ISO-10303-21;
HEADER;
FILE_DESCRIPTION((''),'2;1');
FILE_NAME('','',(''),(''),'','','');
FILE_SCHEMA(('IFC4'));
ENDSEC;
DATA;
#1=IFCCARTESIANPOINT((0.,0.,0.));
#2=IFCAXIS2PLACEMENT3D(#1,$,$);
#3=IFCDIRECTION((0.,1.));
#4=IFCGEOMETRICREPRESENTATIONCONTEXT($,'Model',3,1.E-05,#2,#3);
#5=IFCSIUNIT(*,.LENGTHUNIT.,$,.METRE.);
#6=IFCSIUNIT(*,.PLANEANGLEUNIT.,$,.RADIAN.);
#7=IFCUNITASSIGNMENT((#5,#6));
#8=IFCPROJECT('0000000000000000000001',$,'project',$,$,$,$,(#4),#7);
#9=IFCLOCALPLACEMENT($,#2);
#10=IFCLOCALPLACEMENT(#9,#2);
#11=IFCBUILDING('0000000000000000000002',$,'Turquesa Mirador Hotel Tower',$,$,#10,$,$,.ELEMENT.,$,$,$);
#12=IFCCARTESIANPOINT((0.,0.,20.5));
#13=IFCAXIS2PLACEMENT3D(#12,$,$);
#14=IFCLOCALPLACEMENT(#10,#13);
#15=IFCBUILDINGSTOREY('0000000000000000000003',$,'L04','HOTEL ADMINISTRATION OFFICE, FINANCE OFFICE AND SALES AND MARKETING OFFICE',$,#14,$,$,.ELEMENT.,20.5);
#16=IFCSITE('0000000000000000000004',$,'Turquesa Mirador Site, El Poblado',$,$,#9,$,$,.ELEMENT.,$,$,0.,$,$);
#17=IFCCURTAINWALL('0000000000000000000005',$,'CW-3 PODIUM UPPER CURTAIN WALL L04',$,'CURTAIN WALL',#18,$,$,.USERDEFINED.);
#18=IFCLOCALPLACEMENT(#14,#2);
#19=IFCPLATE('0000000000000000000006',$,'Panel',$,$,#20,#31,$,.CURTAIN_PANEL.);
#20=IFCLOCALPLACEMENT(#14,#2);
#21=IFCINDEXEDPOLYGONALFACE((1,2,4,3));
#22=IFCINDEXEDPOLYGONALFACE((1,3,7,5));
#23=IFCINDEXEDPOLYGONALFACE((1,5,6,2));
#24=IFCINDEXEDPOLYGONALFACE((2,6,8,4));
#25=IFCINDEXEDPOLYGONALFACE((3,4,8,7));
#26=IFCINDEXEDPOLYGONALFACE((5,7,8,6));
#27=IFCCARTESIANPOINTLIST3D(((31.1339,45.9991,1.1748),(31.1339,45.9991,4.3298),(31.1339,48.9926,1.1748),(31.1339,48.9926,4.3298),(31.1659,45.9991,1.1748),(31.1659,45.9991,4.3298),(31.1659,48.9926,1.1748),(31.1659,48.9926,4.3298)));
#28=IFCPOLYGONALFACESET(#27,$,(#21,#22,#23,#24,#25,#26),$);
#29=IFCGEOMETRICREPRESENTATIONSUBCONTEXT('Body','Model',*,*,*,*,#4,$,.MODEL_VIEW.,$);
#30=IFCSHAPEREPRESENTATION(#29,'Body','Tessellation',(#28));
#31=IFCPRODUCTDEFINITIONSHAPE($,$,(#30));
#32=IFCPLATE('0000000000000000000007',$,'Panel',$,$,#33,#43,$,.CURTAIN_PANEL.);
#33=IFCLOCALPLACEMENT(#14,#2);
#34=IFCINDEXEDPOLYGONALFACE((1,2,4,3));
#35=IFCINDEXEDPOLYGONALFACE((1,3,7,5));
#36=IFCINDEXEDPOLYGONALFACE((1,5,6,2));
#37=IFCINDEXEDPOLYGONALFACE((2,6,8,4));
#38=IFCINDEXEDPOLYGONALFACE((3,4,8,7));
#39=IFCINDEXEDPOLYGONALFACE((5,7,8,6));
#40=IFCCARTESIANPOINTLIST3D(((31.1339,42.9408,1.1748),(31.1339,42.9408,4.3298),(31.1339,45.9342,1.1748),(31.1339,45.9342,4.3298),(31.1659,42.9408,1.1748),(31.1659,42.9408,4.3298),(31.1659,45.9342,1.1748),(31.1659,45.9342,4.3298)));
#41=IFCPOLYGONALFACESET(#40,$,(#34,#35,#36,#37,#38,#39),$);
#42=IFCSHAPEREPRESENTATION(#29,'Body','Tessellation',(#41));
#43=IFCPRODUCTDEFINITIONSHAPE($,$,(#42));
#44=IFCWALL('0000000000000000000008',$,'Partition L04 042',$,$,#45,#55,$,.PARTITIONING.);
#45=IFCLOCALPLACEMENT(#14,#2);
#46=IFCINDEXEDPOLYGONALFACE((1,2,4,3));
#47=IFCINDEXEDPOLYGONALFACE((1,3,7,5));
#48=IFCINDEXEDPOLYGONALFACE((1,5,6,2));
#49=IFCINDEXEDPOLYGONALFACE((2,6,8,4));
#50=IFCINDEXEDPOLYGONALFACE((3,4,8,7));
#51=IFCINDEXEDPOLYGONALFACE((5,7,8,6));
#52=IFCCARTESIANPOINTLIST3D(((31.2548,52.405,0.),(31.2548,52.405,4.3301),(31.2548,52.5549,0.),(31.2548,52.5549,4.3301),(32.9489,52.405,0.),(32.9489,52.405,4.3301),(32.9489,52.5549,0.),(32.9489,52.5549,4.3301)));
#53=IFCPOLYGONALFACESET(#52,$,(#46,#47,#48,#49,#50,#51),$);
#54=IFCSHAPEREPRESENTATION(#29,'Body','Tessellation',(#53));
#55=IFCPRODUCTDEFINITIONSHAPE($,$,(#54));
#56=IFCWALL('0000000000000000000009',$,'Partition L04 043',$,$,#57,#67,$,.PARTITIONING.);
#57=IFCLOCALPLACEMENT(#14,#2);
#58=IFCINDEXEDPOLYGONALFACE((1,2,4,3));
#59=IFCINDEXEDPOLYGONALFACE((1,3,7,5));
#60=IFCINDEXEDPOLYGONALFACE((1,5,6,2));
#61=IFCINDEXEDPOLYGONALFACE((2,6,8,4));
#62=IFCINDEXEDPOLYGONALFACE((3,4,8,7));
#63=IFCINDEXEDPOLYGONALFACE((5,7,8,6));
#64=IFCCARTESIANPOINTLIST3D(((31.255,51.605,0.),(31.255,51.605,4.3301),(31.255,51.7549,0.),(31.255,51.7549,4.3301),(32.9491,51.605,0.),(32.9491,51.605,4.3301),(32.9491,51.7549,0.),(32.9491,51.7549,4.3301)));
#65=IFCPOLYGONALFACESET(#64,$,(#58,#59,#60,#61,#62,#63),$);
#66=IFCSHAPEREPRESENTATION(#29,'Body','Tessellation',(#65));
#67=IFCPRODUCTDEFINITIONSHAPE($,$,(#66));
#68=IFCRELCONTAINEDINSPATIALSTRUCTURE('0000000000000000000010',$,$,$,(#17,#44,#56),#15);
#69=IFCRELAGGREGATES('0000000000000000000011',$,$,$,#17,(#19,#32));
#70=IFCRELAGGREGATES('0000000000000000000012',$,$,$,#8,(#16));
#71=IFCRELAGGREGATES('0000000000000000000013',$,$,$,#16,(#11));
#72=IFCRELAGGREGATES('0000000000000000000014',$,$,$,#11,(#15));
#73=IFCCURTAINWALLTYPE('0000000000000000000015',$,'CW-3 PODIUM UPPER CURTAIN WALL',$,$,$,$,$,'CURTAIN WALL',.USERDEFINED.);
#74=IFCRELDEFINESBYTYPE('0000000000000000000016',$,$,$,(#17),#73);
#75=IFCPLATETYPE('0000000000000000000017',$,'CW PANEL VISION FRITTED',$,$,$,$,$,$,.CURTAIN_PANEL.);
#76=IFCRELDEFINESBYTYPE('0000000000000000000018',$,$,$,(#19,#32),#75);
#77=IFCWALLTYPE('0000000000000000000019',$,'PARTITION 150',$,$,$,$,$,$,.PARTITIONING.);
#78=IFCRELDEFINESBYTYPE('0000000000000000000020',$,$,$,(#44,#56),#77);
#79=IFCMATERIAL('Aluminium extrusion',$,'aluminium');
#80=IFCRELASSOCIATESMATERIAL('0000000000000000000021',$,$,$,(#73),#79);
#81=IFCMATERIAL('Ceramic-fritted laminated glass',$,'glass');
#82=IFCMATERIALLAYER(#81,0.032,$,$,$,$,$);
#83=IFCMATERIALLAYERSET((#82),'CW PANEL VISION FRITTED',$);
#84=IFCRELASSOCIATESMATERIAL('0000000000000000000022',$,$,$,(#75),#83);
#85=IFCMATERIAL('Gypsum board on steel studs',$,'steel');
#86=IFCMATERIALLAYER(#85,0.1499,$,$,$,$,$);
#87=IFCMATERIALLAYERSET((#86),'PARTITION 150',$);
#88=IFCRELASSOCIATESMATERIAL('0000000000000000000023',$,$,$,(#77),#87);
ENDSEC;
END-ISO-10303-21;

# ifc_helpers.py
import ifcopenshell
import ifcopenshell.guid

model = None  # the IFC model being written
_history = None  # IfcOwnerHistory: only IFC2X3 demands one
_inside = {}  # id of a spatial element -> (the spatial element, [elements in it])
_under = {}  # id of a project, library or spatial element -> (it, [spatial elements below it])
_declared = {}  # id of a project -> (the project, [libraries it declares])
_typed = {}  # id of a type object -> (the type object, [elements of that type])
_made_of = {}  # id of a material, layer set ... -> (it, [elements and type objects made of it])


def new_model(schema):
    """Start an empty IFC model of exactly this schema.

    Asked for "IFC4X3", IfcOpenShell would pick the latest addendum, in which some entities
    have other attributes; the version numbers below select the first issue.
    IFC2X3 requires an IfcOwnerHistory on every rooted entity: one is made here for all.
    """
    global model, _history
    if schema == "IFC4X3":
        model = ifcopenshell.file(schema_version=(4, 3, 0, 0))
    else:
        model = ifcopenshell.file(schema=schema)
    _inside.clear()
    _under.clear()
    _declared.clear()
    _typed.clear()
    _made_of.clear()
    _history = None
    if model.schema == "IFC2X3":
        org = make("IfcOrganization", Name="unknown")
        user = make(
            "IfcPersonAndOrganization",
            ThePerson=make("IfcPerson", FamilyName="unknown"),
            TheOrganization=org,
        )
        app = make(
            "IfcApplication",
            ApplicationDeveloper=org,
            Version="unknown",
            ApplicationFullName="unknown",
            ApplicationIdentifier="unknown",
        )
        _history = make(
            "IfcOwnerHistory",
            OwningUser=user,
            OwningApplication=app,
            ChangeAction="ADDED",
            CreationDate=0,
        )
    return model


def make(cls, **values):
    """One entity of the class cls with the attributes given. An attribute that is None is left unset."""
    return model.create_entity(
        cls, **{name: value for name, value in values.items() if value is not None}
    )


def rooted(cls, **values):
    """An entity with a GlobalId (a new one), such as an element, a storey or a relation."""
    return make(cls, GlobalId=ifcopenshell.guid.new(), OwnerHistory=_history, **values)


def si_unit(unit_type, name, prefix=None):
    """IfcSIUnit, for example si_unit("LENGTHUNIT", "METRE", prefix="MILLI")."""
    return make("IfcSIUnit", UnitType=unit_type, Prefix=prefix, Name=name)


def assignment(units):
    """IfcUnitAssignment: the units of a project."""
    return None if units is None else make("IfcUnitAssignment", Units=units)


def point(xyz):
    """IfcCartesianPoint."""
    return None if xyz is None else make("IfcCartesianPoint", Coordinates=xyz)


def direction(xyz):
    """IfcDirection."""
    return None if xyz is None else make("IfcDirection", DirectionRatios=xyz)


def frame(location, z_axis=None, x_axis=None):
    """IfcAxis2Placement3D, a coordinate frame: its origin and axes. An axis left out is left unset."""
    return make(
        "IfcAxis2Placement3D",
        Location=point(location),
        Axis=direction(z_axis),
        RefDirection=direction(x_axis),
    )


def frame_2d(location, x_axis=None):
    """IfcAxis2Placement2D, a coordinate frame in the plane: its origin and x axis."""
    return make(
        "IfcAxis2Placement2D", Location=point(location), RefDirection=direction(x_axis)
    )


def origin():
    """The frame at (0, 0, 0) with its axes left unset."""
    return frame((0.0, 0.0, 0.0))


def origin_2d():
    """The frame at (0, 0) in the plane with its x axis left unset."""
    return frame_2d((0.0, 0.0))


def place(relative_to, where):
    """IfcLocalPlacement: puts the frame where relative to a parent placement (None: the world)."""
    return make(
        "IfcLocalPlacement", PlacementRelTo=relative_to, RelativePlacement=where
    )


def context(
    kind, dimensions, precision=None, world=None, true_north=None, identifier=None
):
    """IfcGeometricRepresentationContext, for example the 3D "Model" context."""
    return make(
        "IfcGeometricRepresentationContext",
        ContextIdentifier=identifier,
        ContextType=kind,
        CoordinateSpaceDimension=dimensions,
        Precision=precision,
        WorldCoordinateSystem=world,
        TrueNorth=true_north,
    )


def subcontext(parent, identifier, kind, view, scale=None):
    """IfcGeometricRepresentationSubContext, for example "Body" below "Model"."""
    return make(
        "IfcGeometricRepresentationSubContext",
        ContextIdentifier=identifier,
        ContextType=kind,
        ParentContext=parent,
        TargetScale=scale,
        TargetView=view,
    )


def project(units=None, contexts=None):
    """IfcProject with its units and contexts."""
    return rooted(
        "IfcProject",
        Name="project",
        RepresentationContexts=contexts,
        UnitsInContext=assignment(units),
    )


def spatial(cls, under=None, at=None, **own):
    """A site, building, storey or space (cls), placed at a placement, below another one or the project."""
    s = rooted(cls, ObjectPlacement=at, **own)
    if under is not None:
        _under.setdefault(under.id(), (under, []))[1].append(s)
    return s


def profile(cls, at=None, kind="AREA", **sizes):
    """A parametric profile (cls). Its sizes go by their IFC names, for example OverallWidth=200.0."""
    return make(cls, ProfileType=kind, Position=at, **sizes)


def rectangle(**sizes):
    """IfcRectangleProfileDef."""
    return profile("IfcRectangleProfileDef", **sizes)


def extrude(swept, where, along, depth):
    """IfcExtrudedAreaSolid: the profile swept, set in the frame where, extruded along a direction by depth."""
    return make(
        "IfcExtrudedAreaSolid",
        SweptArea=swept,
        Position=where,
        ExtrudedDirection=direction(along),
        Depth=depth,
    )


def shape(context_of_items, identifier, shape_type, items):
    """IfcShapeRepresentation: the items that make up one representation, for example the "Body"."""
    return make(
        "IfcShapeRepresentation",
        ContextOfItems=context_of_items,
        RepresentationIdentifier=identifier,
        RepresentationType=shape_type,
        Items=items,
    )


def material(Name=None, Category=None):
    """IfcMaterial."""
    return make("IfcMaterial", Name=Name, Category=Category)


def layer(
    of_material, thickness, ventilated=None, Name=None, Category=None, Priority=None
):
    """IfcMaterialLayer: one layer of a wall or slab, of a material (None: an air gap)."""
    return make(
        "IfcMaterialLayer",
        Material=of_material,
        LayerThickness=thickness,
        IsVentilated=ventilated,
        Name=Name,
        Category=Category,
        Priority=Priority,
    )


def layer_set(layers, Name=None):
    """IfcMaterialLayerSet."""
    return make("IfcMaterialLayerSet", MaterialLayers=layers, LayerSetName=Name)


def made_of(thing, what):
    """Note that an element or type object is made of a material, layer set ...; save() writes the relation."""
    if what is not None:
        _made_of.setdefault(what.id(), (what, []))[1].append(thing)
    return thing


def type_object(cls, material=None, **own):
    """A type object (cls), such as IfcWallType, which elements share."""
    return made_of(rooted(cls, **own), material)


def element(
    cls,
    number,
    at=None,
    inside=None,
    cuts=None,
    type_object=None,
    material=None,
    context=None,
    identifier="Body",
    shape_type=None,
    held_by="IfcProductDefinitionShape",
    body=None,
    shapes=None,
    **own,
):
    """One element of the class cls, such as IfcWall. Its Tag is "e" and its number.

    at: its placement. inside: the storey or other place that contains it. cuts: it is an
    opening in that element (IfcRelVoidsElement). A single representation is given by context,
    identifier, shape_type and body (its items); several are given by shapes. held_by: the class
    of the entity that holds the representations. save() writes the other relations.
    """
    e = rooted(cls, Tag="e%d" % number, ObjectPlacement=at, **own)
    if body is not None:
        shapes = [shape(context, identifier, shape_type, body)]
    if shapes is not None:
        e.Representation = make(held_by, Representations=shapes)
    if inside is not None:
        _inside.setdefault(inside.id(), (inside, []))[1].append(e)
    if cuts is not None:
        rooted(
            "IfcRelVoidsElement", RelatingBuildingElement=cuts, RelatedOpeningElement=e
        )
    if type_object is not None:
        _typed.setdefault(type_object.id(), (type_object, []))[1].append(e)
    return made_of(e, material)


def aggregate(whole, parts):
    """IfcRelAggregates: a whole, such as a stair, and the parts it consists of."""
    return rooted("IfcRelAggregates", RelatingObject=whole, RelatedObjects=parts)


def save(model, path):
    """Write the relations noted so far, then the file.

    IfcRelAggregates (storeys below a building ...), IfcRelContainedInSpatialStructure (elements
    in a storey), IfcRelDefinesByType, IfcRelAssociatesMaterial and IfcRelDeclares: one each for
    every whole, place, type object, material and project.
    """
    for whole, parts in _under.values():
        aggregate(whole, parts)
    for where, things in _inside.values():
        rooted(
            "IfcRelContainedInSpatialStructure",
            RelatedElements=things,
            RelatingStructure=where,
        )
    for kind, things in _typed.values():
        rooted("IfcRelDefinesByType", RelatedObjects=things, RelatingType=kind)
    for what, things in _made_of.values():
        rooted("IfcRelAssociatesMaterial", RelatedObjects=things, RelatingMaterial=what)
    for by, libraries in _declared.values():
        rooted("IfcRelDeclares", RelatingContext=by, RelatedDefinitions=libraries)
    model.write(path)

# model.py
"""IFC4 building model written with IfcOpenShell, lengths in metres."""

from ifc_helpers import new_model, si_unit, direction, frame, frame_2d, origin, origin_2d, place, context, subcontext, project, spatial, rectangle, extrude, material, layer, layer_set, type_object, element, aggregate, save


model = new_model("IFC4")

# Units and contexts
model_context = context("Model", 3, precision=1e-05, world=origin(), true_north=direction((0.0, 1.0)))
body_context = subcontext(model_context, "Body", "Model", "MODEL_VIEW")
ifc_project = project(units=[si_unit("LENGTHUNIT", "METRE"), si_unit("PLANEANGLEUNIT", "RADIAN")], contexts=[model_context])

# Site, building, storey
site_placement = place(None, origin())
site = spatial("IfcSite", under=ifc_project, at=site_placement, Name="Turquesa Mirador Site, El Poblado", CompositionType="ELEMENT", RefElevation=0.0)
building_placement = place(site_placement, origin())
building = spatial("IfcBuilding", under=site, at=building_placement, Name="Turquesa Mirador Hotel Tower", CompositionType="ELEMENT")
storey_placement = place(building_placement, frame((0.0, 0.0, 20.5)))
storey = spatial("IfcBuildingStorey", under=building, at=storey_placement, Name="L04", Description="HOTEL ADMINISTRATION OFFICE, FINANCE OFFICE AND SALES AND MARKETING OFFICE", CompositionType="ELEMENT", Elevation=20.5)

# Curtain wall, plates
ifc_material_1 = material(Name="Aluminium extrusion", Category="aluminium")
curtain_wall_type = type_object("IfcCurtainWallType", Name="CW-3 PODIUM UPPER CURTAIN WALL", ElementType="CURTAIN WALL", PredefinedType="USERDEFINED", material=ifc_material_1)
curtain_wall_placement = place(storey_placement, origin())
curtain_wall = element("IfcCurtainWall", 1, at=curtain_wall_placement, inside=storey, type_object=curtain_wall_type, Name="CW-3 PODIUM UPPER CURTAIN WALL L04", ObjectType="CURTAIN WALL", PredefinedType="USERDEFINED")
ifc_material_2 = material(Name="Ceramic-fritted laminated glass", Category="glass")
ifc_layer_1 = layer(ifc_material_2, 0.032)
ifc_layer_set_1 = layer_set([ifc_layer_1], Name="CW PANEL VISION FRITTED")
plate_type_1 = type_object("IfcPlateType", Name="CW PANEL VISION FRITTED", PredefinedType="CURTAIN_PANEL", material=ifc_layer_set_1)
plate_1_placement = place(storey_placement, frame((31.1499, 47.4958, 1.1748), z_axis=(0.0, 0.0, 1.0), x_axis=(0.0, -1.0, 0.0)))
plate_1 = element("IfcPlate", 2, at=plate_1_placement, type_object=plate_type_1, Name="Panel", PredefinedType="CURTAIN_PANEL", context=body_context, shape_type="SweptSolid", body=[
    extrude(rectangle(XDim=2.9934, YDim=0.032, at=origin_2d()), origin(), (0.0, 0.0, 1.0), 3.155),
])
plate_2_placement = place(storey_placement, frame((31.1499, 44.4375, 1.1748), z_axis=(0.0, 0.0, 1.0), x_axis=(0.0, -1.0, 0.0)))
plate_2 = element("IfcPlate", 3, at=plate_2_placement, type_object=plate_type_1, Name="Panel", PredefinedType="CURTAIN_PANEL", context=body_context, shape_type="SweptSolid", body=[
    extrude(rectangle(XDim=2.9934, YDim=0.032, at=origin_2d()), origin(), (0.0, 0.0, 1.0), 3.155),
])
aggregate(curtain_wall, [plate_1, plate_2])

# Walls
ifc_material_3 = material(Name="Gypsum board on steel studs", Category="steel")
ifc_layer_2 = layer(ifc_material_3, 0.1499)
ifc_layer_set_2 = layer_set([ifc_layer_2], Name="PARTITION 150")
wall_type = type_object("IfcWallType", Name="PARTITION 150", PredefinedType="PARTITIONING", material=ifc_layer_set_2)
for number, where, z_axis, x_axis, name in (
    (4, (32.949, 52.48, 0.0), (0.0, 0.0, 1.0), (-1.0, 0.0, 0.0), "Partition L04 042"),
    (5, (31.2549, 51.6799, 0.0), (0.0, 0.0, 1.0), (1.0, 0.0, 0.0), "Partition L04 043"),
):
    element("IfcWall", number, at=place(storey_placement, frame(where, z_axis=z_axis, x_axis=x_axis)), inside=storey, type_object=wall_type, Name=name, PredefinedType="PARTITIONING", context=body_context, shape_type="SweptSolid", body=[
        extrude(rectangle(XDim=1.6941, YDim=0.1499, at=frame_2d((0.8472, 0.0))), origin(), (0.0, 0.0, 1.0), 4.3301),
    ])

save(model, "model.ifc")
